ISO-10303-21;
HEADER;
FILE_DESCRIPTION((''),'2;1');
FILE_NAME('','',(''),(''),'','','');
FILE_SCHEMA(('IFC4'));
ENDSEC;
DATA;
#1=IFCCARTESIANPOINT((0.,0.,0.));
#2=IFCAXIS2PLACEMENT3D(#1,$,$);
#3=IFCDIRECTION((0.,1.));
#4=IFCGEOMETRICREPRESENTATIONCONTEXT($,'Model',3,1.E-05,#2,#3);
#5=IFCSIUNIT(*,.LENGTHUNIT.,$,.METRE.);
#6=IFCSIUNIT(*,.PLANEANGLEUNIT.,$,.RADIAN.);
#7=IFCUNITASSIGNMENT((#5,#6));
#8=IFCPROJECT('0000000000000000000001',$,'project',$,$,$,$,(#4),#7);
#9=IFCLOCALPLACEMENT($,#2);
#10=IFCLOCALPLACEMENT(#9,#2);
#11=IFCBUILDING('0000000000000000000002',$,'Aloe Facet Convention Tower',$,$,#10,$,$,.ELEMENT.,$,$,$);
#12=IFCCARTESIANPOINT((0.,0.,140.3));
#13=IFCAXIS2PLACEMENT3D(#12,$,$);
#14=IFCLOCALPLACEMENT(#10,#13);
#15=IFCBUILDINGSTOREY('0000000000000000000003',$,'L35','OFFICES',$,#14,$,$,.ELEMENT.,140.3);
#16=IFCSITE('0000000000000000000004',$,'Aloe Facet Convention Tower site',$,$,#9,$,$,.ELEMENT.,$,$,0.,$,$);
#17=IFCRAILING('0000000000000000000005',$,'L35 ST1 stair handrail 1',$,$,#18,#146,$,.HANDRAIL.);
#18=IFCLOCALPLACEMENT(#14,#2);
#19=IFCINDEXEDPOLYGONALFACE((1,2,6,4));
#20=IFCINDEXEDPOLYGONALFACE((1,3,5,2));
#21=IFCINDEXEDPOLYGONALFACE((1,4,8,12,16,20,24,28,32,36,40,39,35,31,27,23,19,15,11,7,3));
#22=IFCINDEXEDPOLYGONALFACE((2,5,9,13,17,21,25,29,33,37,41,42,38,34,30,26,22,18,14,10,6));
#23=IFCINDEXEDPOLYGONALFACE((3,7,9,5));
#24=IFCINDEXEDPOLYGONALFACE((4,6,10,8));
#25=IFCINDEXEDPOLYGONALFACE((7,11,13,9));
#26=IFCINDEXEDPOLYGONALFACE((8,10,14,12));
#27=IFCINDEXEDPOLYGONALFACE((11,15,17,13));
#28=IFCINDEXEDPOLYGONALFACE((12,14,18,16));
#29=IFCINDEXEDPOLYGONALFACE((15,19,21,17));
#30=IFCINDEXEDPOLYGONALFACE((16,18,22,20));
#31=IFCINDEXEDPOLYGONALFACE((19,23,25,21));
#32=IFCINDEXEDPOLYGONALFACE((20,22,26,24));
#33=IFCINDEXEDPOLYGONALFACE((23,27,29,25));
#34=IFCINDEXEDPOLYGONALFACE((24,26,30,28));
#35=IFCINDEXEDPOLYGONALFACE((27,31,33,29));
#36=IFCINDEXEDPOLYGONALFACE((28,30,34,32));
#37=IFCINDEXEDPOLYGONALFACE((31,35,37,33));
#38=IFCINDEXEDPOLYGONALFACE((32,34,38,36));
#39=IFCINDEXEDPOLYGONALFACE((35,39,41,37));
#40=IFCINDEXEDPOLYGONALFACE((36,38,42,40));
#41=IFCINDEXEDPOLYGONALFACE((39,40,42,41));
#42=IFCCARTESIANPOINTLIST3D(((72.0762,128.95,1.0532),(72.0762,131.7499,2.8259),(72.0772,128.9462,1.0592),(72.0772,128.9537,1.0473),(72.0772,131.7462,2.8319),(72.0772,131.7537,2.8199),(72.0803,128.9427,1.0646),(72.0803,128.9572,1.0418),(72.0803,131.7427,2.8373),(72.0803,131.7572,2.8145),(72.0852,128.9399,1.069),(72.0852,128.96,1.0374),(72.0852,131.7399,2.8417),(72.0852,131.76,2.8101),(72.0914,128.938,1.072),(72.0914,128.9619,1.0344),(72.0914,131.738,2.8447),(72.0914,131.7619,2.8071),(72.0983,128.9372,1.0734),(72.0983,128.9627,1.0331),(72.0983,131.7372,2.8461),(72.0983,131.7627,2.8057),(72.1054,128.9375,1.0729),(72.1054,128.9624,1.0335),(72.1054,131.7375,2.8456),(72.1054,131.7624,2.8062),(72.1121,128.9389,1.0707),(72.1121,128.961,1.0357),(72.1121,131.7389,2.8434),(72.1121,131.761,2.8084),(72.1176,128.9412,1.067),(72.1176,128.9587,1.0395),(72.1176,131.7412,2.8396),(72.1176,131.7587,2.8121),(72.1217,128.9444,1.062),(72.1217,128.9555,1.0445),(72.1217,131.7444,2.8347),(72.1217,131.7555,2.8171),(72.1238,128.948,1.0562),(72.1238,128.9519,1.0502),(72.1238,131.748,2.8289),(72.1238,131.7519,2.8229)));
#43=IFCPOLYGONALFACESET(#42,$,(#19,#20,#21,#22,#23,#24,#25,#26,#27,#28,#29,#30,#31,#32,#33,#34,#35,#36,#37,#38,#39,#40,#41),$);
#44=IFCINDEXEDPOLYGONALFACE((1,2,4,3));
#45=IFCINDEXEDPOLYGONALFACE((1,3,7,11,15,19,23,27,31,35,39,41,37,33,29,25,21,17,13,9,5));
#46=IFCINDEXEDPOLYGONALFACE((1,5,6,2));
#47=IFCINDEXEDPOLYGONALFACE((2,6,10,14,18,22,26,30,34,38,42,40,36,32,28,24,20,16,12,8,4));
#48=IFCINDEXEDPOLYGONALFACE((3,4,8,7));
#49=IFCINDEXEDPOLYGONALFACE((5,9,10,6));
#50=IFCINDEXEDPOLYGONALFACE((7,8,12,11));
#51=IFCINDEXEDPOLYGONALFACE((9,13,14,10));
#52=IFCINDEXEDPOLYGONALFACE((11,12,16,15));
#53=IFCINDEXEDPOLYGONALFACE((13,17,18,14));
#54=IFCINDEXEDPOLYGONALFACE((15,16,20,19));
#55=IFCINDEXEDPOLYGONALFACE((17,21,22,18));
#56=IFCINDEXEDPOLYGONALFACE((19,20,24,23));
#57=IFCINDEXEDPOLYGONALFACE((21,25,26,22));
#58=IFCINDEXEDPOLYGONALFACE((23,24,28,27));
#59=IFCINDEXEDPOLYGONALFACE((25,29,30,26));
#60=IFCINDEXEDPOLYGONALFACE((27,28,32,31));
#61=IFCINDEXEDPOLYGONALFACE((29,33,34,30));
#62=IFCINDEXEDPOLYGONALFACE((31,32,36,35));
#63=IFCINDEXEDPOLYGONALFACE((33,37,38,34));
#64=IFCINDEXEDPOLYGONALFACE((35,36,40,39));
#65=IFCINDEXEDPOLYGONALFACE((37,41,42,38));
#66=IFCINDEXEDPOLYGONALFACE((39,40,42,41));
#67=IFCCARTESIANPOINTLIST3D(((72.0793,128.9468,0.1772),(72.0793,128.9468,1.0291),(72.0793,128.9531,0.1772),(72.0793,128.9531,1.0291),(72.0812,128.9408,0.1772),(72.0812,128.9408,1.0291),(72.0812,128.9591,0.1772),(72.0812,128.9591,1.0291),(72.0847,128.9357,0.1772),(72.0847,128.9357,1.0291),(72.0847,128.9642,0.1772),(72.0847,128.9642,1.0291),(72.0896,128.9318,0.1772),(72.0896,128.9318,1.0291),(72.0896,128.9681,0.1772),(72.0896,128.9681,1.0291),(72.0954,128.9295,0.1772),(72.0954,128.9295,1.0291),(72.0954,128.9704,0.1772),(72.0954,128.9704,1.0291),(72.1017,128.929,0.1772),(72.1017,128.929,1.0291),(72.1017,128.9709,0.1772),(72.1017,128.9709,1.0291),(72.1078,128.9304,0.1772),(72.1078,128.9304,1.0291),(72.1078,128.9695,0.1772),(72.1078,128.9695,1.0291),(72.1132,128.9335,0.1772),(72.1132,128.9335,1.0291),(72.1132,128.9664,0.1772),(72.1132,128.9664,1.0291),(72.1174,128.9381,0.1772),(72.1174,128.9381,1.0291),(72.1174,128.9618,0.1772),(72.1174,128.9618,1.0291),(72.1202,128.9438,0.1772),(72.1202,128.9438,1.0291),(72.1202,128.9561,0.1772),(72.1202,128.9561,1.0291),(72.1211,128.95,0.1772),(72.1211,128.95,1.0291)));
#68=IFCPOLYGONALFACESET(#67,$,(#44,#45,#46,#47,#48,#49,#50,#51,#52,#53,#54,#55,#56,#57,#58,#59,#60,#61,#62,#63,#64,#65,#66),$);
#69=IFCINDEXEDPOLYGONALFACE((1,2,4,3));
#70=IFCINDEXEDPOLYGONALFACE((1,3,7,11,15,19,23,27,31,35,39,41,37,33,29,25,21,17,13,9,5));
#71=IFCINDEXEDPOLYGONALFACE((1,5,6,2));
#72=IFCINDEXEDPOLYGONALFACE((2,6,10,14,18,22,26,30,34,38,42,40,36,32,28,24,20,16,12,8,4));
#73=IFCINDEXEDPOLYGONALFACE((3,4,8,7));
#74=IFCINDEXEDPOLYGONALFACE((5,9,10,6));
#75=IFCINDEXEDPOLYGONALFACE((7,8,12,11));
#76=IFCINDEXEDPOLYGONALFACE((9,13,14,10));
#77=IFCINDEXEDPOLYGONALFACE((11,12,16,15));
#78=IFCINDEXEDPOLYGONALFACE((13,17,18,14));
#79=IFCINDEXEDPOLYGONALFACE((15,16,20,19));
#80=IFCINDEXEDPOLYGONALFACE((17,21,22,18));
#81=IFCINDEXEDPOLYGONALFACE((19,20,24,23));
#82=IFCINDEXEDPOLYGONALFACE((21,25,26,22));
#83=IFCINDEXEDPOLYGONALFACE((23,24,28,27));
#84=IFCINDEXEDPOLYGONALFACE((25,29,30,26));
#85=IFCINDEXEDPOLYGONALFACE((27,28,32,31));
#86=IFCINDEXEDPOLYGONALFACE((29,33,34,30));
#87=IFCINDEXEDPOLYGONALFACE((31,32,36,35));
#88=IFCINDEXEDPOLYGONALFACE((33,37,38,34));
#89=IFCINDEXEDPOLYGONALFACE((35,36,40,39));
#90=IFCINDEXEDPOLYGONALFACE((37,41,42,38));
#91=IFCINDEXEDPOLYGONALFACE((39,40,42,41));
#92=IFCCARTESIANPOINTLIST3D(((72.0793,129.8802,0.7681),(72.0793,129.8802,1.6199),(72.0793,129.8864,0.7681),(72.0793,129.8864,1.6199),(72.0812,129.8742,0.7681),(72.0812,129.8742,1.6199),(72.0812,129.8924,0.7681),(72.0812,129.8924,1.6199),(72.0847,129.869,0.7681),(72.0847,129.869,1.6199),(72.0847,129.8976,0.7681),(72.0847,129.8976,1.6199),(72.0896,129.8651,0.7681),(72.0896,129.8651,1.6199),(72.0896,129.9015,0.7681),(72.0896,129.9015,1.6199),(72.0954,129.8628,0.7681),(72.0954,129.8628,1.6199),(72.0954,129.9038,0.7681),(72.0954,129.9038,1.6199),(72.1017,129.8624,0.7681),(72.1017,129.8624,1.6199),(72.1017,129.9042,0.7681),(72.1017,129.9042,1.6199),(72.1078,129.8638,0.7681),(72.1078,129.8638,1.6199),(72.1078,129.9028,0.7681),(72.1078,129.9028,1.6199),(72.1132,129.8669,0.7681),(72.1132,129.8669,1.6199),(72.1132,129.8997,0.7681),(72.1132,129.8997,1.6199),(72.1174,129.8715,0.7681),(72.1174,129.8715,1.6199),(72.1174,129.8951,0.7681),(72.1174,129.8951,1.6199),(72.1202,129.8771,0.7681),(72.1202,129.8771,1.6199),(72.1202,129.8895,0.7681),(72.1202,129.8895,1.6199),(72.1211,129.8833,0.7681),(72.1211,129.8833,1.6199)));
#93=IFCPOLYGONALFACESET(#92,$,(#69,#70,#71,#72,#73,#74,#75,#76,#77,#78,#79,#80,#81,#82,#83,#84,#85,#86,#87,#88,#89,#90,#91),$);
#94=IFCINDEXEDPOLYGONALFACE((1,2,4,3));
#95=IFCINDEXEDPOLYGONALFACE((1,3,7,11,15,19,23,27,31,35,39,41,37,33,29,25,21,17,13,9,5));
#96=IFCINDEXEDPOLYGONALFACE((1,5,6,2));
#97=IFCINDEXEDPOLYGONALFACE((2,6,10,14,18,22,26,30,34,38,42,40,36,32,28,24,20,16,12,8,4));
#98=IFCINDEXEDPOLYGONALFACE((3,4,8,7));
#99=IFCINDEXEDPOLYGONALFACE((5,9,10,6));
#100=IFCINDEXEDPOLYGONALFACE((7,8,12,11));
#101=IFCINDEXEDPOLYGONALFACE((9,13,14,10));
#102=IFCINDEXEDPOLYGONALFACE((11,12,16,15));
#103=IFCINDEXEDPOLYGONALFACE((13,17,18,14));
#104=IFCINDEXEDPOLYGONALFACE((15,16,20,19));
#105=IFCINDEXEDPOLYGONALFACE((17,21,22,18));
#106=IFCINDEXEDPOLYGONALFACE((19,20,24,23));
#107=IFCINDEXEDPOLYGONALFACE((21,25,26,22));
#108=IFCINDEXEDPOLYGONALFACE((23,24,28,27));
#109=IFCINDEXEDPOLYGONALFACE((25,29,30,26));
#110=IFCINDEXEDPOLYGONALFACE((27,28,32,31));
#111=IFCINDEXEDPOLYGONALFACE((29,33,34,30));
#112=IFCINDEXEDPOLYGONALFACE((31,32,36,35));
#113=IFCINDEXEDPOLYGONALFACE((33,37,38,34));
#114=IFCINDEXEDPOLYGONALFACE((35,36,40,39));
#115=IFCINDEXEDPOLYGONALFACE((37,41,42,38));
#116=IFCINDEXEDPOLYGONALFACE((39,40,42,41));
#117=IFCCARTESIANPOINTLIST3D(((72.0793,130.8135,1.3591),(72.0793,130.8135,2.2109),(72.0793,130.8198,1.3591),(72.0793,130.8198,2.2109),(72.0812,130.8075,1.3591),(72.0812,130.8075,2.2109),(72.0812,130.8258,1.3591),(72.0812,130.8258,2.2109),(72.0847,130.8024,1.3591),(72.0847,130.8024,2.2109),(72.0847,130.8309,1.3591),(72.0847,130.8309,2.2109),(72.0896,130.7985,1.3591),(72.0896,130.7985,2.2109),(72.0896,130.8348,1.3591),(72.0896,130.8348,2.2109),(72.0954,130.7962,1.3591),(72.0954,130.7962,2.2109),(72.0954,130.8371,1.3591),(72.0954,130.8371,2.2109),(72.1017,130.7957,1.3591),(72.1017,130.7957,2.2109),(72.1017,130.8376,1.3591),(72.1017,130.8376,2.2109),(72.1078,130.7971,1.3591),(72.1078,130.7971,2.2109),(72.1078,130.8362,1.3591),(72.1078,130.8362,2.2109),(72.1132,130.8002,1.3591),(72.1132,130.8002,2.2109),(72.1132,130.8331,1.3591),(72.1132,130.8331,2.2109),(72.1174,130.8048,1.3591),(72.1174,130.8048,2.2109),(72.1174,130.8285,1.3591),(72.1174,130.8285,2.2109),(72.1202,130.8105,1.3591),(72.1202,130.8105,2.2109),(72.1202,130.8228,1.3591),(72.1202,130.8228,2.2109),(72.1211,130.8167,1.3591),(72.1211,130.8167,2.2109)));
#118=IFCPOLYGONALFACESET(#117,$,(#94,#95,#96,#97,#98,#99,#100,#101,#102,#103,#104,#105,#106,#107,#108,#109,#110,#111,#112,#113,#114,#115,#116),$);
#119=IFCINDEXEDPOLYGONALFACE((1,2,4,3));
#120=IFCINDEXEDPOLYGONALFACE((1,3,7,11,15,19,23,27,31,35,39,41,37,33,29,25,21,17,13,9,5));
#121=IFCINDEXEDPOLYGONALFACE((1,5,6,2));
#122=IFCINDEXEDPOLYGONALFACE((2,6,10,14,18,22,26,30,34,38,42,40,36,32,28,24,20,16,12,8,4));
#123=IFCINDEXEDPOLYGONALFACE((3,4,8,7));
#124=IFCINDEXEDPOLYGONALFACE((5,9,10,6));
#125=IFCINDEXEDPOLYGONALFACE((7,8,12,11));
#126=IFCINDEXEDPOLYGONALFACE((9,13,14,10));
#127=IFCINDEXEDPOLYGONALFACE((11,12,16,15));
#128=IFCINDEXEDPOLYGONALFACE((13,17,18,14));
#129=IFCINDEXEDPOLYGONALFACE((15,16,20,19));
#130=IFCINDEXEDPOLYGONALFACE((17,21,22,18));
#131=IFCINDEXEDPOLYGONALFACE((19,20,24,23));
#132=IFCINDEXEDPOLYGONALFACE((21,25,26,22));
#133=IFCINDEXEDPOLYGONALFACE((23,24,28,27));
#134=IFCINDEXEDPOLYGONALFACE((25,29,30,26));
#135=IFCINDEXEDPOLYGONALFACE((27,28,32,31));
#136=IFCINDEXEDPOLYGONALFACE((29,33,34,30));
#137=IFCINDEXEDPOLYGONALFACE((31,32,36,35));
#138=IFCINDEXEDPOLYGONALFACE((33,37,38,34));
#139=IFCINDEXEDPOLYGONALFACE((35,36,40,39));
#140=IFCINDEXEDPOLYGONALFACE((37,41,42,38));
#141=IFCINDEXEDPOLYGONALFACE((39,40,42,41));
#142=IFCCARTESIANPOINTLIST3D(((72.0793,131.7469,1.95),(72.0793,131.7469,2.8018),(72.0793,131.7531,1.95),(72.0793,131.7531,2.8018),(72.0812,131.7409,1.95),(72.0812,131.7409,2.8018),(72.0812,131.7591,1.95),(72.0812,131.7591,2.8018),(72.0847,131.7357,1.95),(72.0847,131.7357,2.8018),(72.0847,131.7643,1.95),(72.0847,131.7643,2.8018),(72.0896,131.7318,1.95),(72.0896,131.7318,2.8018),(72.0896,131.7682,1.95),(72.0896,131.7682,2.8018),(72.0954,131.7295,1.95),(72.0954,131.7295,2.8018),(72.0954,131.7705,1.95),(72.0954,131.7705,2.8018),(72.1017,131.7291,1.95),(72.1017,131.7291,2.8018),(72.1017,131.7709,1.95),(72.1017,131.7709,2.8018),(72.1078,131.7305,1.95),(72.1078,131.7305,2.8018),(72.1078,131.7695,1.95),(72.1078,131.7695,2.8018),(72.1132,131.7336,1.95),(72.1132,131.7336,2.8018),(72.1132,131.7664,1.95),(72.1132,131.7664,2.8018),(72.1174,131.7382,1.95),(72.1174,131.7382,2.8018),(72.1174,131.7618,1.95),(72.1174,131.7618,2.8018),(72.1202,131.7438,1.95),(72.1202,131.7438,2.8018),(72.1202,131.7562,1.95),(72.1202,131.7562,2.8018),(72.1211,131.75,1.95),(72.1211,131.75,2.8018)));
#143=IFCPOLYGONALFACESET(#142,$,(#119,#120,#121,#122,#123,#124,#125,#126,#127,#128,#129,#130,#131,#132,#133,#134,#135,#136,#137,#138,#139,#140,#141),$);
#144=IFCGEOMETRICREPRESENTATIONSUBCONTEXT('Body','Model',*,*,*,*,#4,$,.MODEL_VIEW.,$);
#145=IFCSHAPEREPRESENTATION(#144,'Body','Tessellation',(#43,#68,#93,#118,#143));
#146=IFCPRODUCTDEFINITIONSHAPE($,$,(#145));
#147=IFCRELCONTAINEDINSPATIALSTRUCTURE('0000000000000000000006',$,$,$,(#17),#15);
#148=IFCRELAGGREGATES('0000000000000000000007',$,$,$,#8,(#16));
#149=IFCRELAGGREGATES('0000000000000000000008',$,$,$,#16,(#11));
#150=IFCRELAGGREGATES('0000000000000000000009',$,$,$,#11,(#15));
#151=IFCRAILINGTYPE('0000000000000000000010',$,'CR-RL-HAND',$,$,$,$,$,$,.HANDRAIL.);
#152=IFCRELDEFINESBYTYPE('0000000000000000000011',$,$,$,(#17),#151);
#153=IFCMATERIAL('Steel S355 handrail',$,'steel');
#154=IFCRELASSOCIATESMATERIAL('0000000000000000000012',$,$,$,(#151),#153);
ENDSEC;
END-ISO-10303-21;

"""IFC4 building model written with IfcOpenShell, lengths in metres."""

from ifc_helpers import new_model, si_unit, direction, frame, origin, origin_2d, place, context, subcontext, project, spatial, circle, extrude, material, type_object, element, save


model = new_model("IFC4")

# Units and contexts
model_context = context("Model", 3, precision=1e-05, world=origin(), true_north=direction((0.0, 1.0)))
body_context = subcontext(model_context, "Body", "Model", "MODEL_VIEW")
ifc_project = project(units=[si_unit("LENGTHUNIT", "METRE"), si_unit("PLANEANGLEUNIT", "RADIAN")], contexts=[model_context])

# Site, building, storey
site_placement = place(None, origin())
site = spatial("IfcSite", under=ifc_project, at=site_placement, Name="Aloe Facet Convention Tower site", CompositionType="ELEMENT", RefElevation=0.0)
building_placement = place(site_placement, origin())
building = spatial("IfcBuilding", under=site, at=building_placement, Name="Aloe Facet Convention Tower", CompositionType="ELEMENT")
storey_placement = place(building_placement, frame((0.0, 0.0, 140.3)))
storey = spatial("IfcBuildingStorey", under=building, at=storey_placement, Name="L35", Description="OFFICES", CompositionType="ELEMENT", Elevation=140.3)

# Railing
ifc_material_1 = material(Name="Steel S355 handrail", Category="steel")
railing_type_1 = type_object("IfcRailingType", Name="CR-RL-HAND", PredefinedType="HANDRAIL", material=ifc_material_1)
railing_1_placement = place(storey_placement, frame((72.1001, 128.95, 0.1772)))
element("IfcRailing", 1, at=railing_1_placement, inside=storey, type_object=railing_type_1, Name="L35 ST1 stair handrail 1", PredefinedType="HANDRAIL", context=body_context, shape_type="SweptSolid", body=[
    extrude(circle(Radius=0.0239, at=origin_2d()), frame((0.0, 0.0, 0.876), z_axis=(0.0, 0.844909, 0.53491), x_axis=(-1.0, 0.0, 0.0)), (0.0, 0.0, 1.0), 3.314),
    extrude(circle(Radius=0.021, at=origin_2d()), origin(), (0.0, 0.0, 1.0), 0.8518),
    extrude(circle(Radius=0.021, at=origin_2d()), frame((0.0, 0.9333, 0.5908)), (0.0, 0.0, 1.0), 0.8518),
    extrude(circle(Radius=0.021, at=origin_2d()), frame((0.0, 1.8667, 1.1819)), (0.0, 0.0, 1.0), 0.8518),
    extrude(circle(Radius=0.021, at=origin_2d()), frame((0.0, 2.8, 1.7727)), (0.0, 0.0, 1.0), 0.8518),
])

save(model, "model.ifc")
